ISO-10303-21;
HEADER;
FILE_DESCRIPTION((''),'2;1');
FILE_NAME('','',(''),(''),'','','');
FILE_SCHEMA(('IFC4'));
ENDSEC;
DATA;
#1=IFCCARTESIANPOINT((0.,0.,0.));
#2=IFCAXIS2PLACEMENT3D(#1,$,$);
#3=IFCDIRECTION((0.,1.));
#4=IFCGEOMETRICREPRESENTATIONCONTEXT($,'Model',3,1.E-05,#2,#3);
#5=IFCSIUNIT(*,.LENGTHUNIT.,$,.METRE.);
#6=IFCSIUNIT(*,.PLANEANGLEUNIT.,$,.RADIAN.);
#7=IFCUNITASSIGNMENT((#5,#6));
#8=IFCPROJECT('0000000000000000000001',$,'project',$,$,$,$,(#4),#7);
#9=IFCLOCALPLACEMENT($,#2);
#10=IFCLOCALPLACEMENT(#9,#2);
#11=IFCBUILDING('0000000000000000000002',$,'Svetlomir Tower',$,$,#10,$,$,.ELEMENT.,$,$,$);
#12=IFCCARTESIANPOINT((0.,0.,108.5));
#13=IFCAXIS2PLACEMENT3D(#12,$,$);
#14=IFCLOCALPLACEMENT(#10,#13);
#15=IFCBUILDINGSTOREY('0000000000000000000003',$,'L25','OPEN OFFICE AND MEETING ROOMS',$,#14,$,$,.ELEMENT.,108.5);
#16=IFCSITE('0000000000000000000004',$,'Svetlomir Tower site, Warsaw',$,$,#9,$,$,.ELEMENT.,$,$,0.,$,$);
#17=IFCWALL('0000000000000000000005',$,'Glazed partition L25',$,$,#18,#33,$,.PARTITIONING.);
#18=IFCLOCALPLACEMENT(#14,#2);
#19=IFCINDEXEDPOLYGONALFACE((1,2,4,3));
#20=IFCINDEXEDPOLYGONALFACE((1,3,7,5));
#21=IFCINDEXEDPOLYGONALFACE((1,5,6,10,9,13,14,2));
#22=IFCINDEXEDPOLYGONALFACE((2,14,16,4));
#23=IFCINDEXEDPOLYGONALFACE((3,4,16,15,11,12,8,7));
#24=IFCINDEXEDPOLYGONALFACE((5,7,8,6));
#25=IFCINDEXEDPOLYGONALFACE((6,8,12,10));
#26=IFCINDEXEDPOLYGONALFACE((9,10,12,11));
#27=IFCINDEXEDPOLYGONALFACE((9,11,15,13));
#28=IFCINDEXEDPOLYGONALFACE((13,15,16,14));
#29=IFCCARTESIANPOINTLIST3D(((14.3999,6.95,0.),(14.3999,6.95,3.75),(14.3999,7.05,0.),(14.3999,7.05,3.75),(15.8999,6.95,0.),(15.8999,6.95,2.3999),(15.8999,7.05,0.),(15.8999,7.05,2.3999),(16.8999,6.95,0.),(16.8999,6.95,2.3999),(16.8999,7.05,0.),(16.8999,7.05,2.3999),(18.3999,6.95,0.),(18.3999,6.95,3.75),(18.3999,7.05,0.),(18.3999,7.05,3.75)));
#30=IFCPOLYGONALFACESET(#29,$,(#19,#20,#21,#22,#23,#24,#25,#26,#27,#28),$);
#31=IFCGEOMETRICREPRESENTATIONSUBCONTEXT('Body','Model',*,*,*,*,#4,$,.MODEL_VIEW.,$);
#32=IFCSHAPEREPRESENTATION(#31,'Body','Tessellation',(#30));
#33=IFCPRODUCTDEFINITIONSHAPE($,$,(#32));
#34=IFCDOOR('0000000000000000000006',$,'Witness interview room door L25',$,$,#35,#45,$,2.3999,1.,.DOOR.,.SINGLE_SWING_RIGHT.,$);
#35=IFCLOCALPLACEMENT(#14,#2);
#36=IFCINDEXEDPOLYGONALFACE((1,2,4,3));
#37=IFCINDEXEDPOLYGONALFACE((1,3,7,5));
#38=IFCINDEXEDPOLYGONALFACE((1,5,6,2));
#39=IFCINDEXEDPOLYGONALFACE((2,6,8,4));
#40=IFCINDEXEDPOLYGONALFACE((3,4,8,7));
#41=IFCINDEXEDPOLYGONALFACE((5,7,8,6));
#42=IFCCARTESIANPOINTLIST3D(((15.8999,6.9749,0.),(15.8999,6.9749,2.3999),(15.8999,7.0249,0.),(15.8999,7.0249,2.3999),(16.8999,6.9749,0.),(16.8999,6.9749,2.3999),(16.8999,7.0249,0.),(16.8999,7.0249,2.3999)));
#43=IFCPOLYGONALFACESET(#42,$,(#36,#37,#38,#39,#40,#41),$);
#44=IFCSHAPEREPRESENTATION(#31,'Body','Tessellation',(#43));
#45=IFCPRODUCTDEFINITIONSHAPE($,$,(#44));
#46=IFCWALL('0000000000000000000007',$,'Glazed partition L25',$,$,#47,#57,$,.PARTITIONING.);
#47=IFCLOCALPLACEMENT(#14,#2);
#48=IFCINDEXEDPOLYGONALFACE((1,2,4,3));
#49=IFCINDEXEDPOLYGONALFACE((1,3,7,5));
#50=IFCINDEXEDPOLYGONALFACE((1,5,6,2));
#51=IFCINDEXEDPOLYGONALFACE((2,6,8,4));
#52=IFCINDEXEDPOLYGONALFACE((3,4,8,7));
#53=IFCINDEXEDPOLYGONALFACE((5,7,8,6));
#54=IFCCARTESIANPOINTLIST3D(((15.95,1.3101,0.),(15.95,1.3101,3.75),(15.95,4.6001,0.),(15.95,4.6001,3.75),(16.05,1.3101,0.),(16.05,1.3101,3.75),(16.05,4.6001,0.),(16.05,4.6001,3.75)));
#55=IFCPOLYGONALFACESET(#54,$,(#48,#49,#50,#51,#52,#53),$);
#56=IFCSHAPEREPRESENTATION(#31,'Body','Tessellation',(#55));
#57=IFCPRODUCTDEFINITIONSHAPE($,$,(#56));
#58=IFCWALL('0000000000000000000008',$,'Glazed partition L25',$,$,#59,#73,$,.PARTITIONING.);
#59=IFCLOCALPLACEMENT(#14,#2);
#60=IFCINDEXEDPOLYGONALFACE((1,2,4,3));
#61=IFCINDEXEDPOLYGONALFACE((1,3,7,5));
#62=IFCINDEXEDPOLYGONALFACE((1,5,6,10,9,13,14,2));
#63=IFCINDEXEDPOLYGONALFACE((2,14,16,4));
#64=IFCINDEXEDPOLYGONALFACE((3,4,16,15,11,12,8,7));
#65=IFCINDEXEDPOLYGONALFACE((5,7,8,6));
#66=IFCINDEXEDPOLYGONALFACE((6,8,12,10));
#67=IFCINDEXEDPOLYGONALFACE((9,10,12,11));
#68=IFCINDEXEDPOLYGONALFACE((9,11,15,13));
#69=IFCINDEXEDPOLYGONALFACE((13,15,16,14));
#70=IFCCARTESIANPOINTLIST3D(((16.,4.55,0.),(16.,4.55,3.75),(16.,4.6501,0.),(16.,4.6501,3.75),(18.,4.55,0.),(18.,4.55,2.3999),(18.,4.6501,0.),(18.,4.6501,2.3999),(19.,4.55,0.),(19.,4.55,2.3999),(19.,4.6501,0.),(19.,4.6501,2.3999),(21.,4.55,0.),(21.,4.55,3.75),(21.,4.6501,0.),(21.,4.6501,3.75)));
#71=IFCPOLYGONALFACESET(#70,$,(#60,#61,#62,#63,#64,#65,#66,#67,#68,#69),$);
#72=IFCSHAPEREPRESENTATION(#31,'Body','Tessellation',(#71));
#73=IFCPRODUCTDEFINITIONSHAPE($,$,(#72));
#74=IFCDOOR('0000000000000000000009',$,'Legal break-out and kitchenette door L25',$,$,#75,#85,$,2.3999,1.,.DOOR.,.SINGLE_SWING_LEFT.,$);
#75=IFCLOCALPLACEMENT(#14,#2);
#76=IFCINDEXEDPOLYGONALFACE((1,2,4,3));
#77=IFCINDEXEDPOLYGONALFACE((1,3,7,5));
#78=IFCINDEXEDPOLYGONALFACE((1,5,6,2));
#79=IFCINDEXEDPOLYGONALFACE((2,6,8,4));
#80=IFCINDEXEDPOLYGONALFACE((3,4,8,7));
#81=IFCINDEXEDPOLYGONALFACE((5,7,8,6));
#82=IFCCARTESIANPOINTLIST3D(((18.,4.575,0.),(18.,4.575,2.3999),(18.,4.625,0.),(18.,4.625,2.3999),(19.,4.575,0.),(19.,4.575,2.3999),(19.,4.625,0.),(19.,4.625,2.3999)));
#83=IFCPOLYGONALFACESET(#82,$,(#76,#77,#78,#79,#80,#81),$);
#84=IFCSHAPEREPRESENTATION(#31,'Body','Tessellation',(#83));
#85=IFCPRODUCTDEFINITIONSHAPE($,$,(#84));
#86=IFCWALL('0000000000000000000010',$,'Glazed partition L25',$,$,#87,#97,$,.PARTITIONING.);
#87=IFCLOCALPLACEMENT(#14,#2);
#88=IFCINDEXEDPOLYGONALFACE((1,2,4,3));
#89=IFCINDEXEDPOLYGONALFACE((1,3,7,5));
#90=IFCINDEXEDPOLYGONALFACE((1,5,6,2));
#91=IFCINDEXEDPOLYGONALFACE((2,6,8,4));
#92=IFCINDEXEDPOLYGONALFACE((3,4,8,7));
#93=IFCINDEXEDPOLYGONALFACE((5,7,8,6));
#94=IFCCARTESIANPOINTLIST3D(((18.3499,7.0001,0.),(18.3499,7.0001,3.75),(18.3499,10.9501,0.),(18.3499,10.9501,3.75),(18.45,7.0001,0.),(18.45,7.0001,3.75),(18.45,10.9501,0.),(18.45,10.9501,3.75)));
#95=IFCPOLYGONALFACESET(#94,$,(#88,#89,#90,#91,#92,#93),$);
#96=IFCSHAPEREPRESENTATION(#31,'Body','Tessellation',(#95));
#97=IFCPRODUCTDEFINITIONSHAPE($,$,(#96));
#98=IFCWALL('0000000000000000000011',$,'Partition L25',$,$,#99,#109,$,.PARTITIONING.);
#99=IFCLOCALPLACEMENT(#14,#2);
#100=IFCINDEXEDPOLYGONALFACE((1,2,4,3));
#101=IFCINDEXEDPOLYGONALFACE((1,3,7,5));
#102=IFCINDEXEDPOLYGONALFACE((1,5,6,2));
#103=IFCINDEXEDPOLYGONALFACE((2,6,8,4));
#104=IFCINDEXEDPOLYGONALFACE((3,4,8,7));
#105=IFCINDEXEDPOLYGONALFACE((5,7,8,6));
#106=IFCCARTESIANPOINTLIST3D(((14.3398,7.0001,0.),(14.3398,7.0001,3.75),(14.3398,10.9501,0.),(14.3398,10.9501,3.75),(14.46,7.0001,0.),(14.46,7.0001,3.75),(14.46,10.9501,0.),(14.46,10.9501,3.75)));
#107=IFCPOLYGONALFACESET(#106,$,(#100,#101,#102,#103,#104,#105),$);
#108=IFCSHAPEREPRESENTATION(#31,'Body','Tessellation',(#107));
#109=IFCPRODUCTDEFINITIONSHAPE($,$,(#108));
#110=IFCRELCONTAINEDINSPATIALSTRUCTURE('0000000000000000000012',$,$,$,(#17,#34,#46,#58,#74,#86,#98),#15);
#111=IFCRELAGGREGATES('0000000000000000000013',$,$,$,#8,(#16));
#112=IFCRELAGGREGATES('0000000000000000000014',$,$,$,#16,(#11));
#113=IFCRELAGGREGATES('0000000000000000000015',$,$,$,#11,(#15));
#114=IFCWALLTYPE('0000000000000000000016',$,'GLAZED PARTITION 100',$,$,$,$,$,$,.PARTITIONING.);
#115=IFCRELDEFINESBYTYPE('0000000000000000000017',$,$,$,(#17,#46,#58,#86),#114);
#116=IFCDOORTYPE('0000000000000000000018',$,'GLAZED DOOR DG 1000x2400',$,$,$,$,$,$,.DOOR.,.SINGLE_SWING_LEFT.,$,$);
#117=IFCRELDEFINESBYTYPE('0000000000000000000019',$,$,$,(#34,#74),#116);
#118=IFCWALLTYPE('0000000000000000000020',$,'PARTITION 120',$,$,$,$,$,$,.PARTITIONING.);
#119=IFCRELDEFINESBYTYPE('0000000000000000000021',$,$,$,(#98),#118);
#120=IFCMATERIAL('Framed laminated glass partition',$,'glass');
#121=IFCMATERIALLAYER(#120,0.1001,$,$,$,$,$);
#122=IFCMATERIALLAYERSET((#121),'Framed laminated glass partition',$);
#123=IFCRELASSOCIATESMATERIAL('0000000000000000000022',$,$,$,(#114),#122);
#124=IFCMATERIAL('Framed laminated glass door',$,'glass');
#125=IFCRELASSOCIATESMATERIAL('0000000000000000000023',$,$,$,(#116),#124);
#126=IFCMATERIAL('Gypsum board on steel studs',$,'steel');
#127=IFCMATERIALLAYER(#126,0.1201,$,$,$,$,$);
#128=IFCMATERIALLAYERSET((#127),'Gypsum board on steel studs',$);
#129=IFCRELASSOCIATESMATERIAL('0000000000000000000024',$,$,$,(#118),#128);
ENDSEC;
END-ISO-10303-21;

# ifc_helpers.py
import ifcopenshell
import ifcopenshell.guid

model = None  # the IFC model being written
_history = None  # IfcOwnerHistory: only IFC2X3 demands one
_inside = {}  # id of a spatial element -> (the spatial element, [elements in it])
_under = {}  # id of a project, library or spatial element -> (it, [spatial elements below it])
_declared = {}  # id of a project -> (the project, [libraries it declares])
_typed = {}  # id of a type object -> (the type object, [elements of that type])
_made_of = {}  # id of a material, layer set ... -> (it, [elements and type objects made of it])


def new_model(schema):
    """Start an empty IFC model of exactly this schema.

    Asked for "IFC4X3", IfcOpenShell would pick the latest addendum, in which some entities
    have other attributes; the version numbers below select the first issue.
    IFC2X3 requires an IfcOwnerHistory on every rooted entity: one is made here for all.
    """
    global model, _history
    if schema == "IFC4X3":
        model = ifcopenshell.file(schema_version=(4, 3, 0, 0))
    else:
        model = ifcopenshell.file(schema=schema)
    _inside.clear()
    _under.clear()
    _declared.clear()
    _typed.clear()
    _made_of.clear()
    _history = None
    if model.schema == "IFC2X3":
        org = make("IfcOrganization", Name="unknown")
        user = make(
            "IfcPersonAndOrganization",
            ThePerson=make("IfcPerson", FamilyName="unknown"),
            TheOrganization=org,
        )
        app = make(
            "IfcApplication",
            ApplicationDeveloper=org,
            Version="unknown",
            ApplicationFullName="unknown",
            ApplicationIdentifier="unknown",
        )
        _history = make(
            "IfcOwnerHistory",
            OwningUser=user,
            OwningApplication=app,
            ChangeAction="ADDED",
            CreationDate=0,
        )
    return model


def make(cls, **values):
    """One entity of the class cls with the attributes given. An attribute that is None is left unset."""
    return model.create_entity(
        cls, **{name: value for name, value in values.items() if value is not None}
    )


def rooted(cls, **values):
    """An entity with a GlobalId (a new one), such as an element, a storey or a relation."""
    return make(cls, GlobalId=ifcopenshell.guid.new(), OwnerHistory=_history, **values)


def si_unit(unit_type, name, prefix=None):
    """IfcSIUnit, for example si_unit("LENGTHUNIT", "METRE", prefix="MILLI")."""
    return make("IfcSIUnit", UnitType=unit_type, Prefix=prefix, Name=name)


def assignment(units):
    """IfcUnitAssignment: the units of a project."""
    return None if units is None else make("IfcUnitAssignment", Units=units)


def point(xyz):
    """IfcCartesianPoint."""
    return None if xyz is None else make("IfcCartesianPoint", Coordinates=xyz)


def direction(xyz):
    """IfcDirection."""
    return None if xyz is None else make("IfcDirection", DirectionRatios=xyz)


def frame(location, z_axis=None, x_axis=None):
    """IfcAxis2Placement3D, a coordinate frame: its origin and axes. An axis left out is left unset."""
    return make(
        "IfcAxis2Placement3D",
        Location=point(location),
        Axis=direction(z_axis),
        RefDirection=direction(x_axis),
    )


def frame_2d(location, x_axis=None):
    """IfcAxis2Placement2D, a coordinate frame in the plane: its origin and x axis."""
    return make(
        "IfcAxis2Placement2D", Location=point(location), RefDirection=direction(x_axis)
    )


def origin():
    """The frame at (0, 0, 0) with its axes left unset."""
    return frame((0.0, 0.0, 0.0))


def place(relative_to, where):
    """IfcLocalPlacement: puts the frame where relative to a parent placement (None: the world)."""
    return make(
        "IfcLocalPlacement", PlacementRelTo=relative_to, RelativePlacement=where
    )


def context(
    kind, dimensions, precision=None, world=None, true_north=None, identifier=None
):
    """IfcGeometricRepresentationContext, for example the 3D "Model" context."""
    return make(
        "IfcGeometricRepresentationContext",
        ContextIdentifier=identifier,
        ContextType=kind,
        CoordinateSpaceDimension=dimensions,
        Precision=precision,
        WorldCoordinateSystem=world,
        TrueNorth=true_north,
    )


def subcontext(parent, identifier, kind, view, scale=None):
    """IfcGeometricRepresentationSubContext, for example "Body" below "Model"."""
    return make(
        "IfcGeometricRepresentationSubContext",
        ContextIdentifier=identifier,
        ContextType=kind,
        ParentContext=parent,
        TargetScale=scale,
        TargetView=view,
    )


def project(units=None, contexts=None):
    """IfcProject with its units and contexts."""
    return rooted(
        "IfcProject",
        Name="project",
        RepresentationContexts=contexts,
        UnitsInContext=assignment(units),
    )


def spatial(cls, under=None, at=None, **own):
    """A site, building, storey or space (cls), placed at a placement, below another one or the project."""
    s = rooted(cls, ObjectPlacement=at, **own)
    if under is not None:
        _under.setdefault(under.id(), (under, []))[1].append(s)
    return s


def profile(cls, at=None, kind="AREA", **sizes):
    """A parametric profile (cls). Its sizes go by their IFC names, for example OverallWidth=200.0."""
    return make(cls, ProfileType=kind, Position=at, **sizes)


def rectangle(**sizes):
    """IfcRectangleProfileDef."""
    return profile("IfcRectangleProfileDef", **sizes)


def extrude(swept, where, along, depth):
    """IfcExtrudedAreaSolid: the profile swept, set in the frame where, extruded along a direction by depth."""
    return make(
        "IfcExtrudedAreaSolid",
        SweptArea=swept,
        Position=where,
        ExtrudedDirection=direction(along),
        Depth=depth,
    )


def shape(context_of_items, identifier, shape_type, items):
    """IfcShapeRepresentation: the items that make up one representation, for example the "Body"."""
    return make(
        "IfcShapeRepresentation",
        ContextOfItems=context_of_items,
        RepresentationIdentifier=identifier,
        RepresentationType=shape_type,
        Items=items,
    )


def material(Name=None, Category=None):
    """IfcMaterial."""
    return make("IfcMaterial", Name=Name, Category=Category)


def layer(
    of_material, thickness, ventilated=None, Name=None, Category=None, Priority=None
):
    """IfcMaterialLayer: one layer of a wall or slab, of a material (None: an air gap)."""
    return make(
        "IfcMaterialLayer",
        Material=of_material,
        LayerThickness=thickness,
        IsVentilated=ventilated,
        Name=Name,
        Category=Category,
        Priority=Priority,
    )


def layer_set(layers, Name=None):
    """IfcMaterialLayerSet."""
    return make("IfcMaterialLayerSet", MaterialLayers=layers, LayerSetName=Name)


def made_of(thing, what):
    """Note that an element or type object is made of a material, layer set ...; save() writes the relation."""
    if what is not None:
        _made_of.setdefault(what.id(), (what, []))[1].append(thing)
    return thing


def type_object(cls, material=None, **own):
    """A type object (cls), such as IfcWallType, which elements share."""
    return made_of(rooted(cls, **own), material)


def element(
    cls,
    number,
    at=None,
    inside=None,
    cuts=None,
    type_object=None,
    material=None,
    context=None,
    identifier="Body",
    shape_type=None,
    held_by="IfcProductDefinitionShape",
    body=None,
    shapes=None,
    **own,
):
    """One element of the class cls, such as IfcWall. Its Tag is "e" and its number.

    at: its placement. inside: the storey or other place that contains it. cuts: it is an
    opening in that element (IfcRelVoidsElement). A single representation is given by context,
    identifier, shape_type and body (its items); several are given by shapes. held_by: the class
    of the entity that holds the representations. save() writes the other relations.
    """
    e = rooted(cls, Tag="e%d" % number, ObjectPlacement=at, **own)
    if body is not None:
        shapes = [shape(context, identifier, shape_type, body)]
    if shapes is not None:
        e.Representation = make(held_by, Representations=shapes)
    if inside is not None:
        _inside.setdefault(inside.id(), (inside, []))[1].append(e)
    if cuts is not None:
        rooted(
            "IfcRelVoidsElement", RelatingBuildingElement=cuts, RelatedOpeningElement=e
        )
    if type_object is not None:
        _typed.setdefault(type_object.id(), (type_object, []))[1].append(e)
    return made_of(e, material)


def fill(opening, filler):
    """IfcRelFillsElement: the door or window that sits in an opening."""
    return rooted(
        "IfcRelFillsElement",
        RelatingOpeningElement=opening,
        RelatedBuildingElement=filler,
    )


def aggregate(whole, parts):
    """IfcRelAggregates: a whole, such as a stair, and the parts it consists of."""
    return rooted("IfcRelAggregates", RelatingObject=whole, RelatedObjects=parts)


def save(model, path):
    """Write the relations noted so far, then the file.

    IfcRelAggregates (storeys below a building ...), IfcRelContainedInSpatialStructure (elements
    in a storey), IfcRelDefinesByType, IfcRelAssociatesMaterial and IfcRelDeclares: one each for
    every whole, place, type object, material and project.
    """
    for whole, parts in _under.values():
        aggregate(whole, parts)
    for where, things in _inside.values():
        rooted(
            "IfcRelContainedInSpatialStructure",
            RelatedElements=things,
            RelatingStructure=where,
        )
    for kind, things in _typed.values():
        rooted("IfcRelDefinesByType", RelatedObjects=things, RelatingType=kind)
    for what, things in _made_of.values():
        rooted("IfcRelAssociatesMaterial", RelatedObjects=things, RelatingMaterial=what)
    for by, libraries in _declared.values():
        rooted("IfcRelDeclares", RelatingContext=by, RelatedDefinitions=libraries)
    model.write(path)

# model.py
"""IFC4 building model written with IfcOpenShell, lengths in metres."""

from ifc_helpers import new_model, si_unit, direction, frame, frame_2d, origin, place, context, subcontext, project, spatial, rectangle, extrude, material, layer, layer_set, type_object, element, fill, save


model = new_model("IFC4")

# Units and contexts
model_context = context("Model", 3, precision=1e-05, world=origin(), true_north=direction((0.0, 1.0)))
body_context = subcontext(model_context, "Body", "Model", "MODEL_VIEW")
ifc_project = project(units=[si_unit("LENGTHUNIT", "METRE"), si_unit("PLANEANGLEUNIT", "RADIAN")], contexts=[model_context])

# Site, building, storey
site_placement = place(None, origin())
site = spatial("IfcSite", under=ifc_project, at=site_placement, Name="Svetlomir Tower site, Warsaw", CompositionType="ELEMENT", RefElevation=0.0)
building_placement = place(site_placement, origin())
building = spatial("IfcBuilding", under=site, at=building_placement, Name="Svetlomir Tower", CompositionType="ELEMENT")
storey_placement = place(building_placement, frame((0.0, 0.0, 108.5)))
storey = spatial("IfcBuildingStorey", under=building, at=storey_placement, Name="L25", Description="OPEN OFFICE AND MEETING ROOMS", CompositionType="ELEMENT", Elevation=108.5)

# Wall, opening, door
ifc_material_1 = material(Name="Framed laminated glass partition", Category="glass")
ifc_layer_1 = layer(ifc_material_1, 0.1001)
ifc_layer_set_1 = layer_set([ifc_layer_1], Name="Framed laminated glass partition")
wall_type_1 = type_object("IfcWallType", Name="GLAZED PARTITION 100", PredefinedType="PARTITIONING", material=ifc_layer_set_1)
wall_1_placement = place(storey_placement, frame((14.3999, 7.0, 0.0), z_axis=(0.0, 0.0, 1.0), x_axis=(1.0, 0.0, 0.0)))
wall_1 = element("IfcWall", 1, at=wall_1_placement, inside=storey, type_object=wall_type_1, Name="Glazed partition L25", PredefinedType="PARTITIONING", context=body_context, shape_type="SweptSolid", body=[
    extrude(rectangle(XDim=4.0, YDim=0.1001, at=frame_2d((2.0, 0.0))), origin(), (0.0, 0.0, 1.0), 3.75),
])
opening_1_placement = place(wall_1_placement, frame((1.5, 0.0, 0.0)))
opening_1 = element("IfcOpeningElement", 2, at=opening_1_placement, cuts=wall_1, PredefinedType="OPENING", context=body_context, shape_type="SweptSolid", body=[
    extrude(rectangle(XDim=1.0, YDim=2.3999, at=frame_2d((0.5, 1.2))), frame((0.0, 0.0601, 0.0), z_axis=(0.0, -1.0, 0.0), x_axis=(1.0, 0.0, 0.0)), (0.0, 0.0, 1.0), 0.1201),
])
ifc_material_2 = material(Name="Framed laminated glass door", Category="glass")
door_type_1 = type_object("IfcDoorType", Name="GLAZED DOOR DG 1000x2400", OperationType="SINGLE_SWING_LEFT", PredefinedType="DOOR", material=ifc_material_2)
door_1_placement = place(opening_1_placement, origin())
door_1 = element("IfcDoor", 3, at=door_1_placement, inside=storey, type_object=door_type_1, Name="Witness interview room door L25", OperationType="SINGLE_SWING_RIGHT", OverallHeight=2.3999, OverallWidth=1.0, PredefinedType="DOOR", context=body_context, shape_type="SweptSolid", body=[
    extrude(rectangle(XDim=1.0, YDim=2.3999, at=frame_2d((0.5, 1.2))), frame((0.0, 0.0249, 0.0), z_axis=(0.0, -1.0, 0.0), x_axis=(1.0, 0.0, 0.0)), (0.0, 0.0, 1.0), 0.05),
])
fill(opening_1, door_1)

# Wall
wall_2_placement = place(storey_placement, frame((16.0, 1.3101, 0.0), z_axis=(0.0, 0.0, 1.0), x_axis=(0.0, 1.0, 0.0)))
element("IfcWall", 4, at=wall_2_placement, inside=storey, type_object=wall_type_1, Name="Glazed partition L25", PredefinedType="PARTITIONING", context=body_context, shape_type="SweptSolid", body=[
    extrude(rectangle(XDim=3.29, YDim=0.1001, at=frame_2d((1.645, 0.0))), origin(), (0.0, 0.0, 1.0), 3.75),
])

# Wall, opening, door
wall_3_placement = place(storey_placement, frame((16.0, 4.6001, 0.0), z_axis=(0.0, 0.0, 1.0), x_axis=(1.0, 0.0, 0.0)))
wall_3 = element("IfcWall", 5, at=wall_3_placement, inside=storey, type_object=wall_type_1, Name="Glazed partition L25", PredefinedType="PARTITIONING", context=body_context, shape_type="SweptSolid", body=[
    extrude(rectangle(XDim=5.0, YDim=0.1001, at=frame_2d((2.5, 0.0))), origin(), (0.0, 0.0, 1.0), 3.75),
])
opening_2_placement = place(wall_3_placement, frame((2.0, 0.0, 0.0)))
opening_2 = element("IfcOpeningElement", 6, at=opening_2_placement, cuts=wall_3, PredefinedType="OPENING", context=body_context, shape_type="SweptSolid", body=[
    extrude(rectangle(XDim=1.0, YDim=2.3999, at=frame_2d((0.5, 1.2))), frame((0.0, 0.0601, 0.0), z_axis=(0.0, -1.0, 0.0), x_axis=(1.0, 0.0, 0.0)), (0.0, 0.0, 1.0), 0.1201),
])
door_2_placement = place(opening_2_placement, origin())
door_2 = element("IfcDoor", 7, at=door_2_placement, inside=storey, type_object=door_type_1, Name="Legal break-out and kitchenette door L25", OperationType="SINGLE_SWING_LEFT", OverallHeight=2.3999, OverallWidth=1.0, PredefinedType="DOOR", context=body_context, shape_type="SweptSolid", body=[
    extrude(rectangle(XDim=1.0, YDim=2.3999, at=frame_2d((0.5, 1.2))), frame((0.0, 0.0249, 0.0), z_axis=(0.0, -1.0, 0.0), x_axis=(1.0, 0.0, 0.0)), (0.0, 0.0, 1.0), 0.05),
])
fill(opening_2, door_2)

# Walls
wall_4_placement = place(storey_placement, frame((18.3999, 7.0, 0.0), z_axis=(0.0, 0.0, 1.0), x_axis=(0.0, 1.0, 0.0)))
element("IfcWall", 8, at=wall_4_placement, inside=storey, type_object=wall_type_1, Name="Glazed partition L25", PredefinedType="PARTITIONING", context=body_context, shape_type="SweptSolid", body=[
    extrude(rectangle(XDim=3.95, YDim=0.1001, at=frame_2d((1.9751, 0.0))), origin(), (0.0, 0.0, 1.0), 3.75),
])
ifc_material_3 = material(Name="Gypsum board on steel studs", Category="steel")
ifc_layer_2 = layer(ifc_material_3, 0.1201)
ifc_layer_set_2 = layer_set([ifc_layer_2], Name="Gypsum board on steel studs")
wall_type_2 = type_object("IfcWallType", Name="PARTITION 120", PredefinedType="PARTITIONING", material=ifc_layer_set_2)
wall_5_placement = place(storey_placement, frame((14.3999, 7.0, 0.0), z_axis=(0.0, 0.0, 1.0), x_axis=(0.0, 1.0, 0.0)))
element("IfcWall", 9, at=wall_5_placement, inside=storey, type_object=wall_type_2, Name="Partition L25", PredefinedType="PARTITIONING", context=body_context, shape_type="SweptSolid", body=[
    extrude(rectangle(XDim=3.95, YDim=0.1201, at=frame_2d((1.9751, 0.0))), origin(), (0.0, 0.0, 1.0), 3.75),
])

save(model, "model.ifc")
